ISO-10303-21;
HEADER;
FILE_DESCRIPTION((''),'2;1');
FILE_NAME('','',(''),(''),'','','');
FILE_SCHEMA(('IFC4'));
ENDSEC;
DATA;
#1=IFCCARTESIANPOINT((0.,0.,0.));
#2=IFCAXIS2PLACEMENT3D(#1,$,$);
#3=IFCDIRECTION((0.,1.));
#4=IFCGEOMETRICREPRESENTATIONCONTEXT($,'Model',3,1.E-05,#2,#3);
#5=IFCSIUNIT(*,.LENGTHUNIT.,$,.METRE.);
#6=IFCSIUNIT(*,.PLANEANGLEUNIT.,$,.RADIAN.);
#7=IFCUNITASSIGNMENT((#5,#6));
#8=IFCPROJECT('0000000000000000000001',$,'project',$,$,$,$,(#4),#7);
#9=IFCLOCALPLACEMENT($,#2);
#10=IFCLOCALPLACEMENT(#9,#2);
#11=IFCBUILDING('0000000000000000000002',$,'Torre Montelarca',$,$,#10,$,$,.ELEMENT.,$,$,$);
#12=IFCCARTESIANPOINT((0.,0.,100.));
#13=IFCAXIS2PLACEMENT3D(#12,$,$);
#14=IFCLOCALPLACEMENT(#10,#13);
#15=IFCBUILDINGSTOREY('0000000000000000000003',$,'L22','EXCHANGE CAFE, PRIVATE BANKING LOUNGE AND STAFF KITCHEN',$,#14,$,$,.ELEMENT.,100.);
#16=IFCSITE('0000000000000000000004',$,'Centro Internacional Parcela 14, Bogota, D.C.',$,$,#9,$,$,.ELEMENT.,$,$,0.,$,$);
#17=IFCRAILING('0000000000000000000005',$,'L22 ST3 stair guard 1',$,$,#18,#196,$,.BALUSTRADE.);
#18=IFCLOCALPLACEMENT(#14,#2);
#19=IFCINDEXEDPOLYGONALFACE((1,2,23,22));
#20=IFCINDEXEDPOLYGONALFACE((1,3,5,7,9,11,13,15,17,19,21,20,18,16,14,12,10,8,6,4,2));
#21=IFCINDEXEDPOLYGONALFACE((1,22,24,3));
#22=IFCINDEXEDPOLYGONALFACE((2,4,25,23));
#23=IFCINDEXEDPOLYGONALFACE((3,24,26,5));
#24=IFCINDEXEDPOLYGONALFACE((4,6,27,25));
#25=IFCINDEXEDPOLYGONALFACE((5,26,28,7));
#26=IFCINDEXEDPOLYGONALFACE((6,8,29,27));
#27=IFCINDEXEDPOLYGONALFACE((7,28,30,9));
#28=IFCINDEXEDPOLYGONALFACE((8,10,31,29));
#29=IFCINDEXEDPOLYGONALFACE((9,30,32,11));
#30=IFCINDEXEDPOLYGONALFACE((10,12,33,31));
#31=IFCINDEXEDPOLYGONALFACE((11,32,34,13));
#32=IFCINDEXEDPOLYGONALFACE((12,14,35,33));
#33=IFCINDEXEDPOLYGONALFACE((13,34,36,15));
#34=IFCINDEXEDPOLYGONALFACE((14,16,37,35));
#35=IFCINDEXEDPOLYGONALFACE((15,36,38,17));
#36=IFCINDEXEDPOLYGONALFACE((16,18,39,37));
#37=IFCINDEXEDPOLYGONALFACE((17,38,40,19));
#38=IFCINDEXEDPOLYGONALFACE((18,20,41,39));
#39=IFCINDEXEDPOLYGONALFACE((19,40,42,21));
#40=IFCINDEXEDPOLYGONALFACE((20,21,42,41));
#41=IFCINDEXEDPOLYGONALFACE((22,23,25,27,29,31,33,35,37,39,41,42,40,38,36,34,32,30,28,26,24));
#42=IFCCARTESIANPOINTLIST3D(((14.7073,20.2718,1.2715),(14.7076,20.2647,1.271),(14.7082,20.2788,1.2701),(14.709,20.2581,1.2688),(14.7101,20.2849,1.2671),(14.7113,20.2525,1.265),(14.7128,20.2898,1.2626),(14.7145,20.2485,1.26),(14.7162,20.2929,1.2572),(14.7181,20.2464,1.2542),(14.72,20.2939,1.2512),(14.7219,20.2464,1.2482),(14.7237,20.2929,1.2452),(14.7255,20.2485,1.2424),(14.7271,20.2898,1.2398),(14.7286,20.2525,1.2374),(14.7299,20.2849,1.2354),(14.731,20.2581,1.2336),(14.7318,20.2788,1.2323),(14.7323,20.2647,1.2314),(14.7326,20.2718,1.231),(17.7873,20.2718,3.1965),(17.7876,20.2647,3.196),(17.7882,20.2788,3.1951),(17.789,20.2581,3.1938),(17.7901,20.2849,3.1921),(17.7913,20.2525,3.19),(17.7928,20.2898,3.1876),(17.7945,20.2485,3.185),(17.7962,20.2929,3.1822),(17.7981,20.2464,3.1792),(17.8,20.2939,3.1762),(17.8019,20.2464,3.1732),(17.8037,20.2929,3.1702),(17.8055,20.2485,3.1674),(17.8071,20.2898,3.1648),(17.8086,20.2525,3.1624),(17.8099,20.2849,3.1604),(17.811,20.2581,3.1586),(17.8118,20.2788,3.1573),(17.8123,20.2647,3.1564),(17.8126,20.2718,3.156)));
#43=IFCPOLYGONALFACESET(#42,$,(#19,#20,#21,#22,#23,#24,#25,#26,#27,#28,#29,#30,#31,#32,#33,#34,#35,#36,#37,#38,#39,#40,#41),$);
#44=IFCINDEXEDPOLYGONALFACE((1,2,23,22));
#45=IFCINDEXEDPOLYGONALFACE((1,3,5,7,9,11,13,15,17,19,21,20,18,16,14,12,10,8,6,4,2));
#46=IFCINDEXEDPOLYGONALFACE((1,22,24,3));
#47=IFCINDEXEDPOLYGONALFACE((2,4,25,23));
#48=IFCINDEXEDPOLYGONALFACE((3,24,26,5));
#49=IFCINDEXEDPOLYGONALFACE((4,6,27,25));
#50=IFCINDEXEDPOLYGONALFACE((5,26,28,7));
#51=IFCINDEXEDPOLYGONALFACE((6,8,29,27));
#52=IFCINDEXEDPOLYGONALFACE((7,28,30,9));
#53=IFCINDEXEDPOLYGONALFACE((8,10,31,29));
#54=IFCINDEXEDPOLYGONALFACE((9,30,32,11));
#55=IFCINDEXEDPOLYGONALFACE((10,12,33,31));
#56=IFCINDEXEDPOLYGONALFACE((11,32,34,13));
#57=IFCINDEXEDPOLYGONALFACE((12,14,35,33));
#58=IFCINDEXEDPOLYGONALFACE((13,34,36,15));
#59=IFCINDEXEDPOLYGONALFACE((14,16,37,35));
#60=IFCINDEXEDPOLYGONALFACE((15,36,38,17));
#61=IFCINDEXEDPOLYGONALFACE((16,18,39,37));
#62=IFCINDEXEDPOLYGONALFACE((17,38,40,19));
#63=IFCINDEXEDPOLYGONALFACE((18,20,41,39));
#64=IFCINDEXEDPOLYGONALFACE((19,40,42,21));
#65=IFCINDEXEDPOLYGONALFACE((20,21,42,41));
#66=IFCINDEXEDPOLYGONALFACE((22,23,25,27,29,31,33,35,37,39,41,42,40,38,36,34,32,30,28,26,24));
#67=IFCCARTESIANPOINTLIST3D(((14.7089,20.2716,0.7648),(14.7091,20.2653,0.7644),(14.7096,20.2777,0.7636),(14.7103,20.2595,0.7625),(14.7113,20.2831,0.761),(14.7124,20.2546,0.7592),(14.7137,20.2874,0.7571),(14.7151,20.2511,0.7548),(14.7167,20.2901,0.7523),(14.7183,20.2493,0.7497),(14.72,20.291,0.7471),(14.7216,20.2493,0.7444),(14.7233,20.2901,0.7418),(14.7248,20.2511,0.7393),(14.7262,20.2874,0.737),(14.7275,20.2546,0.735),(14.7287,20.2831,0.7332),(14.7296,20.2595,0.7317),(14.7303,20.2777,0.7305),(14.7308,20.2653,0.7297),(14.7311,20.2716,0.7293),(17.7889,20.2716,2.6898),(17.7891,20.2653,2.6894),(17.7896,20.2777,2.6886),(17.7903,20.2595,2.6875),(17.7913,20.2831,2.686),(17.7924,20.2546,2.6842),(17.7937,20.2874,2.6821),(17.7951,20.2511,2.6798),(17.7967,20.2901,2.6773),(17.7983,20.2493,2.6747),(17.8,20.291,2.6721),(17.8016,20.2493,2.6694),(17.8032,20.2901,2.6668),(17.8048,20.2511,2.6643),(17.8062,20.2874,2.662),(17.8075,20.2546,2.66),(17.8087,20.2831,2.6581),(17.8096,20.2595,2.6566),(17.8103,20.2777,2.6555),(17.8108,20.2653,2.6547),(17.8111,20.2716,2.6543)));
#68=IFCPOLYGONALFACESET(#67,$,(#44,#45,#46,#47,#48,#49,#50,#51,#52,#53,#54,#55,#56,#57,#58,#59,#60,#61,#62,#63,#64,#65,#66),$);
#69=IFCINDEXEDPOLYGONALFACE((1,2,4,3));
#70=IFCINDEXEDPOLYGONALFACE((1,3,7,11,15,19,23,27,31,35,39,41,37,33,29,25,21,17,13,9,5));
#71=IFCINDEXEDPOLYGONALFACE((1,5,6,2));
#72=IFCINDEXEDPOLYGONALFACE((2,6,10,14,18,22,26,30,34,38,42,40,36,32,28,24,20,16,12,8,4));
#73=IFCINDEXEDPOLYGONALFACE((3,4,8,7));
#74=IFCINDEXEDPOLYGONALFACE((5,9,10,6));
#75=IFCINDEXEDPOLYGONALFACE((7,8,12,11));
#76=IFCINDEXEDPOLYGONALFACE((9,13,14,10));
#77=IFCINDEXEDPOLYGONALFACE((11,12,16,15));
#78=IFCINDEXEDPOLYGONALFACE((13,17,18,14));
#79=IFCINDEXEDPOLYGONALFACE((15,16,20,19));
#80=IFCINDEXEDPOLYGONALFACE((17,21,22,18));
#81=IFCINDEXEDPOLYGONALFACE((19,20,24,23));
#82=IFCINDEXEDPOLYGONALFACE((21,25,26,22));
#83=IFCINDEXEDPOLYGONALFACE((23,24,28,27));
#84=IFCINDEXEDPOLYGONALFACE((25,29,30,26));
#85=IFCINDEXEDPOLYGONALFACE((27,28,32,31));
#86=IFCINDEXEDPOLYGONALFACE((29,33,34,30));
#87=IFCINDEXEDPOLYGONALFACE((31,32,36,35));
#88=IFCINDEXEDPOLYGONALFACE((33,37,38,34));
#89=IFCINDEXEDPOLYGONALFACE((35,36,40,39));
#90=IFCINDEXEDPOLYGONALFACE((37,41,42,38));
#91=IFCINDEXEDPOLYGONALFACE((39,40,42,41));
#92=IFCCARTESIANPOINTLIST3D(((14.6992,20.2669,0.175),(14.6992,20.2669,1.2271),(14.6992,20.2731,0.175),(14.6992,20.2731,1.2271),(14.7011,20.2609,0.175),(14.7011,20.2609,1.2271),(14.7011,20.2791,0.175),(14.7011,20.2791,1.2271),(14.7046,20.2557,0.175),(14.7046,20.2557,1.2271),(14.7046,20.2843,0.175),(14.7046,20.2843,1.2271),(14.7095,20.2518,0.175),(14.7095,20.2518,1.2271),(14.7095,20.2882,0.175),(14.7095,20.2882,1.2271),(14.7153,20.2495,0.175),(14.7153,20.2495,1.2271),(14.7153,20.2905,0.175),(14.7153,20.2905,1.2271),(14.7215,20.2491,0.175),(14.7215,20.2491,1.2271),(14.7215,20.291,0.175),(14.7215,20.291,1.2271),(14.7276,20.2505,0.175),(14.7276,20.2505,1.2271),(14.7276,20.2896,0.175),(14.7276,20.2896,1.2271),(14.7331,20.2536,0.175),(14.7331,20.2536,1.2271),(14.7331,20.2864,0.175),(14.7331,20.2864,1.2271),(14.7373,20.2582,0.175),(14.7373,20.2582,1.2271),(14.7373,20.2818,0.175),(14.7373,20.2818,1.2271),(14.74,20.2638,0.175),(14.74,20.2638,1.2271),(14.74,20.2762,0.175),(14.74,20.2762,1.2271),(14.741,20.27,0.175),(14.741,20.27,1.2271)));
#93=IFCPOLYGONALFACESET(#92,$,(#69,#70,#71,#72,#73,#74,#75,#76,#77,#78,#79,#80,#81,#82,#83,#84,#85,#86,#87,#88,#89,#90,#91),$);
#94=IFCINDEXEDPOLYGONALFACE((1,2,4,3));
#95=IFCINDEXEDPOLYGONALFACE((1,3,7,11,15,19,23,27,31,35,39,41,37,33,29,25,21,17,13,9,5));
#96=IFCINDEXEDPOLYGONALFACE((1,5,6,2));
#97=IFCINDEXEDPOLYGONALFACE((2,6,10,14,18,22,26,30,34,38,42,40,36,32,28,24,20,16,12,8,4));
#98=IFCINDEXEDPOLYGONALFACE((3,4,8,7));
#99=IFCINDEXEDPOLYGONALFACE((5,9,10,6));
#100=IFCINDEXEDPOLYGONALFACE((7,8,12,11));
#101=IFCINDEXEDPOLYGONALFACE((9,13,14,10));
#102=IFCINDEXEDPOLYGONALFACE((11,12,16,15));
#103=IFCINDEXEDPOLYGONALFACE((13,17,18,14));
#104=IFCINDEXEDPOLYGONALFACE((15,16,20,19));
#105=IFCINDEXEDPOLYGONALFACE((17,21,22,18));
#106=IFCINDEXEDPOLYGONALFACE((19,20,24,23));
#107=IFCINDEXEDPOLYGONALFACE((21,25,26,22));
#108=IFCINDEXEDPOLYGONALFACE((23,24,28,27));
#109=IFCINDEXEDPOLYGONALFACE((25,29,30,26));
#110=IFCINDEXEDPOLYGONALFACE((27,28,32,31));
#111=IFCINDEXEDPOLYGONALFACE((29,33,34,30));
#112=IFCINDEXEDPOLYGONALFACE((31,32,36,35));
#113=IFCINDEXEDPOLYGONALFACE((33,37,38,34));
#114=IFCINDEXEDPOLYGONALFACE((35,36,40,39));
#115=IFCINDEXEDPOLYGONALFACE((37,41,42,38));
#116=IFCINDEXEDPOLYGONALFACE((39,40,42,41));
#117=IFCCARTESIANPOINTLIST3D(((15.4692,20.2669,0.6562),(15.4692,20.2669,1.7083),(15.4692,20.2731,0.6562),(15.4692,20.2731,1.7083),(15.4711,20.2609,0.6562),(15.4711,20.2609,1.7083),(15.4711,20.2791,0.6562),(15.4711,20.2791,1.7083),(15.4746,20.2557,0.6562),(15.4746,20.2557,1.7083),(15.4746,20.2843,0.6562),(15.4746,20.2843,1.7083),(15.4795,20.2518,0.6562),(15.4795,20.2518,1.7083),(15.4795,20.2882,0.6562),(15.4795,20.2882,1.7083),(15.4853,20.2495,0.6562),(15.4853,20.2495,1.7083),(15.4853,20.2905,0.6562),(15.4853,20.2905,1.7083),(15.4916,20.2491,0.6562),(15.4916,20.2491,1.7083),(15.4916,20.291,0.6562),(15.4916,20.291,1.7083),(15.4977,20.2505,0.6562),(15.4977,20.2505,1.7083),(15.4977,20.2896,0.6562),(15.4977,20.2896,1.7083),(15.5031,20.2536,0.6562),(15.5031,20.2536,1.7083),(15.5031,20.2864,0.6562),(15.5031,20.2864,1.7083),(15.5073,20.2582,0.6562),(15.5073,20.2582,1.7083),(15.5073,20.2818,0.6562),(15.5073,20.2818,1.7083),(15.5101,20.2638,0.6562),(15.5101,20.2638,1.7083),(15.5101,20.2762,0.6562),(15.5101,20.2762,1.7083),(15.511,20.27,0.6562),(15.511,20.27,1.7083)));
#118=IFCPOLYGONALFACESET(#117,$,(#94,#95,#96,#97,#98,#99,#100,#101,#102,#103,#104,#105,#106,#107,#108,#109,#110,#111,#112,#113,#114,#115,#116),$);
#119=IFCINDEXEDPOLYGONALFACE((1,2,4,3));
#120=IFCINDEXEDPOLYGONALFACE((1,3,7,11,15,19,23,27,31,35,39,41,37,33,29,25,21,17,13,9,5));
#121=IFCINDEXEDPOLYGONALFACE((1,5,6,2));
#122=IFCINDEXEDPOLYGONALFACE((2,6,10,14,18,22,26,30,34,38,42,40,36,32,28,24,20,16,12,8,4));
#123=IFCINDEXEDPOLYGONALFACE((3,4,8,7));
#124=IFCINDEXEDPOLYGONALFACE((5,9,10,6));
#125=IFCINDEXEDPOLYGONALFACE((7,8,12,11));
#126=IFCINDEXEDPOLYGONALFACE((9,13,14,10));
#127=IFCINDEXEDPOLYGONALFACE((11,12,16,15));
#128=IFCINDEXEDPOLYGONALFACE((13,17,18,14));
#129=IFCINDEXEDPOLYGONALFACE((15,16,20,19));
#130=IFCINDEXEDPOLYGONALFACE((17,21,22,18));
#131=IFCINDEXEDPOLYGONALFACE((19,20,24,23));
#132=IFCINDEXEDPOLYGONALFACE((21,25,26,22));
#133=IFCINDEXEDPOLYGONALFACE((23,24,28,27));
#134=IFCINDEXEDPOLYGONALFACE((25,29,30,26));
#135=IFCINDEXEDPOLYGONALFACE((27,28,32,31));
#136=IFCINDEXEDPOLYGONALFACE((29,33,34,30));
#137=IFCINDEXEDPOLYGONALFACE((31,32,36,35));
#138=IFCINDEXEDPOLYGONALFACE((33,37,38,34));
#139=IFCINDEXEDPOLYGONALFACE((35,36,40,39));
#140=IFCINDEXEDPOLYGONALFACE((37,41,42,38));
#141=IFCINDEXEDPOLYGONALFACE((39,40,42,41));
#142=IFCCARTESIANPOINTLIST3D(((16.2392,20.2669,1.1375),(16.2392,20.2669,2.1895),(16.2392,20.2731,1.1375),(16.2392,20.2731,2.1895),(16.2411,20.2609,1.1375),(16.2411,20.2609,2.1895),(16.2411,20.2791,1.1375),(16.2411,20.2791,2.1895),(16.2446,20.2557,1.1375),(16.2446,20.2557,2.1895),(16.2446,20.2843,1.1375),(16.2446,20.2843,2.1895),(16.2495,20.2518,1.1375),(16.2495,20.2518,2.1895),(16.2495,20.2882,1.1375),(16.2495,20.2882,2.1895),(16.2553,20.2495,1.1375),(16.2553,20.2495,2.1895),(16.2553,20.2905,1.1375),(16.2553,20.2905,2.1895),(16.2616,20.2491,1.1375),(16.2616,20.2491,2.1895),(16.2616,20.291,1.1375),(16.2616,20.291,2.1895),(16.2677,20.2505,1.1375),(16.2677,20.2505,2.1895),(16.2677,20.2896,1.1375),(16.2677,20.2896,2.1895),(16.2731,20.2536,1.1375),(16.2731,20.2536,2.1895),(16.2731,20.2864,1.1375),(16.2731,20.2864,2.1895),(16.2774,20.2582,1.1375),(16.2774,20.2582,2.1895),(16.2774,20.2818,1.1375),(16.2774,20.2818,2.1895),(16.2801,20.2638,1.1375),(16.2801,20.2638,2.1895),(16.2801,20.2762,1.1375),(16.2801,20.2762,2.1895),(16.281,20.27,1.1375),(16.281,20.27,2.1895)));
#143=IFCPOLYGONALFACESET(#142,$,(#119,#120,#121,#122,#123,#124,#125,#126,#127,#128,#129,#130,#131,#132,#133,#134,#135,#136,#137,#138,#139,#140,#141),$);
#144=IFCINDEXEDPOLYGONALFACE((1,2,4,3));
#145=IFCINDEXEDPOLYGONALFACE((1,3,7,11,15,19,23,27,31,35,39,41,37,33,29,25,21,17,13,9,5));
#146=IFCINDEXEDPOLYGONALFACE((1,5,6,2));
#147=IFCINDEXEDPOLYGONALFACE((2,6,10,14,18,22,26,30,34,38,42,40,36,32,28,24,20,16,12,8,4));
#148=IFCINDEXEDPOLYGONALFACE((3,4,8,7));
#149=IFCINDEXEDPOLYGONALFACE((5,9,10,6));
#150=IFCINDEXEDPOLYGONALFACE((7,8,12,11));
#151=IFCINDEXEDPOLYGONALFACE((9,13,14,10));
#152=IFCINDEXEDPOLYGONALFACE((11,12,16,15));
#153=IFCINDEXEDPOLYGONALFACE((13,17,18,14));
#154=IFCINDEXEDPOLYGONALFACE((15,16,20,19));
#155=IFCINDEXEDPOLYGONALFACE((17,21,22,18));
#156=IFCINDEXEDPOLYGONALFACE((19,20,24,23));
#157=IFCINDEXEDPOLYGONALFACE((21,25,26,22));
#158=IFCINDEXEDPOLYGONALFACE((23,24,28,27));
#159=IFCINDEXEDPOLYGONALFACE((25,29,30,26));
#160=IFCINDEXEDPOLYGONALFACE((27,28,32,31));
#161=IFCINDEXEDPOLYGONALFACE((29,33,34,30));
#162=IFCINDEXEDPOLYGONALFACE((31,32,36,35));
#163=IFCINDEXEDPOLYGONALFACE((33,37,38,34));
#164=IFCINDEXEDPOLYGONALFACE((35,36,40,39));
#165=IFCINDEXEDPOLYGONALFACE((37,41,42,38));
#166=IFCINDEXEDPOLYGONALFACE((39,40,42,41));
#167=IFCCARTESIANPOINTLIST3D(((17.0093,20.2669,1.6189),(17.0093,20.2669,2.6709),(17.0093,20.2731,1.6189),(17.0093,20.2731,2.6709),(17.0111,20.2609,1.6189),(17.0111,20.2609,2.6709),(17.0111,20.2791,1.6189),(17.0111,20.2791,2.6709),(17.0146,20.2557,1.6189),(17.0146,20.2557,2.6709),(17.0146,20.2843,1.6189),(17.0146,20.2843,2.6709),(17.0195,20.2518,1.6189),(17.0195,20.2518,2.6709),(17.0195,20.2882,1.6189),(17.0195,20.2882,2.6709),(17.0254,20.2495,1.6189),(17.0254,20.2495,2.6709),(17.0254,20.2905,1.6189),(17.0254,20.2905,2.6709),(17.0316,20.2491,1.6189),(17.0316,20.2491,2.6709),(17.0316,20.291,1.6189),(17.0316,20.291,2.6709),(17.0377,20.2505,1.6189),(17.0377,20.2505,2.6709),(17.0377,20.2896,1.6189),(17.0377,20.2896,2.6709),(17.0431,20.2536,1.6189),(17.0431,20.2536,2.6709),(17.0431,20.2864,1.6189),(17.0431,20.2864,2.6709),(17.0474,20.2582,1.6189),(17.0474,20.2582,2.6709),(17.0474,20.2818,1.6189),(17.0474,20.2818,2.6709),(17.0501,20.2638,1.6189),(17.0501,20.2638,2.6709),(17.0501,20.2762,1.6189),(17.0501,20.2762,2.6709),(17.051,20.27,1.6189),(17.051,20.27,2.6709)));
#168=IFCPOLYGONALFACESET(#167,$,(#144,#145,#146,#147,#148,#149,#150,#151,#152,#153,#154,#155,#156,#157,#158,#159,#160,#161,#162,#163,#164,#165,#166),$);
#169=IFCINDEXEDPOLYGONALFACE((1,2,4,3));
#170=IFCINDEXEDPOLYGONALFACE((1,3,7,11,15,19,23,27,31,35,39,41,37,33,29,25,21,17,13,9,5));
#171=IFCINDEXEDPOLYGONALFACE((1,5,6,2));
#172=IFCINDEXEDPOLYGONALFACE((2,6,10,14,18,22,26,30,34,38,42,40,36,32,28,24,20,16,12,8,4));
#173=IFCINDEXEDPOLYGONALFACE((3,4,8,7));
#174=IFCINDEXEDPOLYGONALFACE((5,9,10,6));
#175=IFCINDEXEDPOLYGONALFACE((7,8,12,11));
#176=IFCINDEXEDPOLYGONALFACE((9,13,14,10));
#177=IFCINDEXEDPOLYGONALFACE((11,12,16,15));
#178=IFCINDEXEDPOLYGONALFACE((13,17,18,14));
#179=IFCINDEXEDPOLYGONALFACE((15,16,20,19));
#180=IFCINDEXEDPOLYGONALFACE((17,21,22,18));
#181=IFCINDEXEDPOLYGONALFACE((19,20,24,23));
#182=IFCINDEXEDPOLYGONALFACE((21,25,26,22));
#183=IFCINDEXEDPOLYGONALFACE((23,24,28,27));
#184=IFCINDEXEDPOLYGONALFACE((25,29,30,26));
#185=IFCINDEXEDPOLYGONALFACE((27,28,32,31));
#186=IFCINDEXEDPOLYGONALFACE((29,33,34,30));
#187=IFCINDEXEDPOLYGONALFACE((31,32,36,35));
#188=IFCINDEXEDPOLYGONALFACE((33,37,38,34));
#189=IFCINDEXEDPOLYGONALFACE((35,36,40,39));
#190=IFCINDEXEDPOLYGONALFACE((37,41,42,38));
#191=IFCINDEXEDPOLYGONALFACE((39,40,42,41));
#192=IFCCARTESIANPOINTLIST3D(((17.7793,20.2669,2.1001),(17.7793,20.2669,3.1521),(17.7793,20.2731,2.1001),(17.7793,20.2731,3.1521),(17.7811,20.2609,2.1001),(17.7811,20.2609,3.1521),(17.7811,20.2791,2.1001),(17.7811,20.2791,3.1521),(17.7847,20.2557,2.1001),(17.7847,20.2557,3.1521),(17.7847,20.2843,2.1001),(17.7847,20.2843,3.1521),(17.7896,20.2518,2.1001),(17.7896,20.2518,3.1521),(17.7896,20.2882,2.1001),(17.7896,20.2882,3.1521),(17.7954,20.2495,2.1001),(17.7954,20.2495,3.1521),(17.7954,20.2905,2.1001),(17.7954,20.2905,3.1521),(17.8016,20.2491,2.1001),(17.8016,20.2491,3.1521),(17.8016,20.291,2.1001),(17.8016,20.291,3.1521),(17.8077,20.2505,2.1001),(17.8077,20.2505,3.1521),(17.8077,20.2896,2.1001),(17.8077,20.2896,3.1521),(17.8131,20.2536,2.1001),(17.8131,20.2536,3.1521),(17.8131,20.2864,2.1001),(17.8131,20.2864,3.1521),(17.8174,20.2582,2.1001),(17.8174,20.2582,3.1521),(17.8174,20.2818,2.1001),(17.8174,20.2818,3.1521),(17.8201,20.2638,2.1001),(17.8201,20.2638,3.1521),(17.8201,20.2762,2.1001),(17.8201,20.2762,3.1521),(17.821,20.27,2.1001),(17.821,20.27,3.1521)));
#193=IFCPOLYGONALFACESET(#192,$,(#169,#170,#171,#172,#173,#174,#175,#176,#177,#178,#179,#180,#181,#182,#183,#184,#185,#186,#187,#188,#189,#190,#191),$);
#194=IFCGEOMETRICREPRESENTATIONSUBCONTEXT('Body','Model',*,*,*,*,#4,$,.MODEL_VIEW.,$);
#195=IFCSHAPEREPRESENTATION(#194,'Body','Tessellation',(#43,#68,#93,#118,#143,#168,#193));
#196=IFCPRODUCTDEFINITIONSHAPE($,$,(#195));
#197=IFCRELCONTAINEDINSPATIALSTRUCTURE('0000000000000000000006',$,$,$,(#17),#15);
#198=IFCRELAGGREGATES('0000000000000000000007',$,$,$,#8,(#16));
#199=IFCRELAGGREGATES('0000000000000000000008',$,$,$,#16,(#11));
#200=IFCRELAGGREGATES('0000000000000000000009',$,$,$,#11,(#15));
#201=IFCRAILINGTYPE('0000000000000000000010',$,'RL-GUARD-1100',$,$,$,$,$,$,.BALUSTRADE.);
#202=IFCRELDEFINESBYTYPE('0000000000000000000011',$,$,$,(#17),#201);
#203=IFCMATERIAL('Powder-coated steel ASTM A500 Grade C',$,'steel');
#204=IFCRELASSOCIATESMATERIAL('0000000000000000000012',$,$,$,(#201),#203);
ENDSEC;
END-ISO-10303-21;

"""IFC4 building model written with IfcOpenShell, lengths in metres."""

from ifc_helpers import new_model, si_unit, direction, frame, origin, origin_2d, place, context, subcontext, project, spatial, circle, extrude, material, type_object, element, save


model = new_model("IFC4")

# Units and contexts
model_context = context("Model", 3, precision=1e-05, world=origin(), true_north=direction((0.0, 1.0)))
body_context = subcontext(model_context, "Body", "Model", "MODEL_VIEW")
ifc_project = project(units=[si_unit("LENGTHUNIT", "METRE"), si_unit("PLANEANGLEUNIT", "RADIAN")], contexts=[model_context])

# Site, building, storey
site_placement = place(None, origin())
site = spatial("IfcSite", under=ifc_project, at=site_placement, Name="Centro Internacional Parcela 14, Bogota, D.C.", CompositionType="ELEMENT", RefElevation=0.0)
building_placement = place(site_placement, origin())
building = spatial("IfcBuilding", under=site, at=building_placement, Name="Torre Montelarca", CompositionType="ELEMENT")
storey_placement = place(building_placement, frame((0.0, 0.0, 100.0)))
storey = spatial("IfcBuildingStorey", under=building, at=storey_placement, Name="L22", Description="EXCHANGE CAFE, PRIVATE BANKING LOUNGE AND STAFF KITCHEN", CompositionType="ELEMENT", Elevation=100.0)

# Railing
ifc_material_1 = material(Name="Powder-coated steel ASTM A500 Grade C", Category="steel")
railing_type_1 = type_object("IfcRailingType", Name="RL-GUARD-1100", PredefinedType="BALUSTRADE", material=ifc_material_1)
railing_1_placement = place(storey_placement, frame((14.72, 20.27, 0.175)))
element("IfcRailing", 1, at=railing_1_placement, inside=storey, type_object=railing_type_1, Name="L22 ST3 stair guard 1", PredefinedType="BALUSTRADE", context=body_context, shape_type="SweptSolid", body=[
    extrude(circle(Radius=0.0239, at=origin_2d()), frame((0.0, 0.0, 1.0762), z_axis=(0.847998, 0.0, 0.529999), x_axis=(0.0, 1.0, 0.0)), (0.0, 0.0, 1.0), 3.6321),
    extrude(circle(Radius=0.021, at=origin_2d()), frame((0.0, 0.0, 0.572), z_axis=(0.847998, 0.0, 0.529999), x_axis=(0.0, 1.0, 0.0)), (0.0, 0.0, 1.0), 3.6321),
    extrude(circle(Radius=0.021, at=origin_2d()), origin(), (0.0, 0.0, 1.0), 1.052),
    extrude(circle(Radius=0.021, at=origin_2d()), frame((0.77, 0.0, 0.4812)), (0.0, 0.0, 1.0), 1.052),
    extrude(circle(Radius=0.021, at=origin_2d()), frame((1.54, 0.0, 0.9624)), (0.0, 0.0, 1.0), 1.052),
    extrude(circle(Radius=0.021, at=origin_2d()), frame((2.3101, 0.0, 1.4438)), (0.0, 0.0, 1.0), 1.052),
    extrude(circle(Radius=0.021, at=origin_2d()), frame((3.0801, 0.0, 1.925)), (0.0, 0.0, 1.0), 1.052),
])

save(model, "model.ifc")
